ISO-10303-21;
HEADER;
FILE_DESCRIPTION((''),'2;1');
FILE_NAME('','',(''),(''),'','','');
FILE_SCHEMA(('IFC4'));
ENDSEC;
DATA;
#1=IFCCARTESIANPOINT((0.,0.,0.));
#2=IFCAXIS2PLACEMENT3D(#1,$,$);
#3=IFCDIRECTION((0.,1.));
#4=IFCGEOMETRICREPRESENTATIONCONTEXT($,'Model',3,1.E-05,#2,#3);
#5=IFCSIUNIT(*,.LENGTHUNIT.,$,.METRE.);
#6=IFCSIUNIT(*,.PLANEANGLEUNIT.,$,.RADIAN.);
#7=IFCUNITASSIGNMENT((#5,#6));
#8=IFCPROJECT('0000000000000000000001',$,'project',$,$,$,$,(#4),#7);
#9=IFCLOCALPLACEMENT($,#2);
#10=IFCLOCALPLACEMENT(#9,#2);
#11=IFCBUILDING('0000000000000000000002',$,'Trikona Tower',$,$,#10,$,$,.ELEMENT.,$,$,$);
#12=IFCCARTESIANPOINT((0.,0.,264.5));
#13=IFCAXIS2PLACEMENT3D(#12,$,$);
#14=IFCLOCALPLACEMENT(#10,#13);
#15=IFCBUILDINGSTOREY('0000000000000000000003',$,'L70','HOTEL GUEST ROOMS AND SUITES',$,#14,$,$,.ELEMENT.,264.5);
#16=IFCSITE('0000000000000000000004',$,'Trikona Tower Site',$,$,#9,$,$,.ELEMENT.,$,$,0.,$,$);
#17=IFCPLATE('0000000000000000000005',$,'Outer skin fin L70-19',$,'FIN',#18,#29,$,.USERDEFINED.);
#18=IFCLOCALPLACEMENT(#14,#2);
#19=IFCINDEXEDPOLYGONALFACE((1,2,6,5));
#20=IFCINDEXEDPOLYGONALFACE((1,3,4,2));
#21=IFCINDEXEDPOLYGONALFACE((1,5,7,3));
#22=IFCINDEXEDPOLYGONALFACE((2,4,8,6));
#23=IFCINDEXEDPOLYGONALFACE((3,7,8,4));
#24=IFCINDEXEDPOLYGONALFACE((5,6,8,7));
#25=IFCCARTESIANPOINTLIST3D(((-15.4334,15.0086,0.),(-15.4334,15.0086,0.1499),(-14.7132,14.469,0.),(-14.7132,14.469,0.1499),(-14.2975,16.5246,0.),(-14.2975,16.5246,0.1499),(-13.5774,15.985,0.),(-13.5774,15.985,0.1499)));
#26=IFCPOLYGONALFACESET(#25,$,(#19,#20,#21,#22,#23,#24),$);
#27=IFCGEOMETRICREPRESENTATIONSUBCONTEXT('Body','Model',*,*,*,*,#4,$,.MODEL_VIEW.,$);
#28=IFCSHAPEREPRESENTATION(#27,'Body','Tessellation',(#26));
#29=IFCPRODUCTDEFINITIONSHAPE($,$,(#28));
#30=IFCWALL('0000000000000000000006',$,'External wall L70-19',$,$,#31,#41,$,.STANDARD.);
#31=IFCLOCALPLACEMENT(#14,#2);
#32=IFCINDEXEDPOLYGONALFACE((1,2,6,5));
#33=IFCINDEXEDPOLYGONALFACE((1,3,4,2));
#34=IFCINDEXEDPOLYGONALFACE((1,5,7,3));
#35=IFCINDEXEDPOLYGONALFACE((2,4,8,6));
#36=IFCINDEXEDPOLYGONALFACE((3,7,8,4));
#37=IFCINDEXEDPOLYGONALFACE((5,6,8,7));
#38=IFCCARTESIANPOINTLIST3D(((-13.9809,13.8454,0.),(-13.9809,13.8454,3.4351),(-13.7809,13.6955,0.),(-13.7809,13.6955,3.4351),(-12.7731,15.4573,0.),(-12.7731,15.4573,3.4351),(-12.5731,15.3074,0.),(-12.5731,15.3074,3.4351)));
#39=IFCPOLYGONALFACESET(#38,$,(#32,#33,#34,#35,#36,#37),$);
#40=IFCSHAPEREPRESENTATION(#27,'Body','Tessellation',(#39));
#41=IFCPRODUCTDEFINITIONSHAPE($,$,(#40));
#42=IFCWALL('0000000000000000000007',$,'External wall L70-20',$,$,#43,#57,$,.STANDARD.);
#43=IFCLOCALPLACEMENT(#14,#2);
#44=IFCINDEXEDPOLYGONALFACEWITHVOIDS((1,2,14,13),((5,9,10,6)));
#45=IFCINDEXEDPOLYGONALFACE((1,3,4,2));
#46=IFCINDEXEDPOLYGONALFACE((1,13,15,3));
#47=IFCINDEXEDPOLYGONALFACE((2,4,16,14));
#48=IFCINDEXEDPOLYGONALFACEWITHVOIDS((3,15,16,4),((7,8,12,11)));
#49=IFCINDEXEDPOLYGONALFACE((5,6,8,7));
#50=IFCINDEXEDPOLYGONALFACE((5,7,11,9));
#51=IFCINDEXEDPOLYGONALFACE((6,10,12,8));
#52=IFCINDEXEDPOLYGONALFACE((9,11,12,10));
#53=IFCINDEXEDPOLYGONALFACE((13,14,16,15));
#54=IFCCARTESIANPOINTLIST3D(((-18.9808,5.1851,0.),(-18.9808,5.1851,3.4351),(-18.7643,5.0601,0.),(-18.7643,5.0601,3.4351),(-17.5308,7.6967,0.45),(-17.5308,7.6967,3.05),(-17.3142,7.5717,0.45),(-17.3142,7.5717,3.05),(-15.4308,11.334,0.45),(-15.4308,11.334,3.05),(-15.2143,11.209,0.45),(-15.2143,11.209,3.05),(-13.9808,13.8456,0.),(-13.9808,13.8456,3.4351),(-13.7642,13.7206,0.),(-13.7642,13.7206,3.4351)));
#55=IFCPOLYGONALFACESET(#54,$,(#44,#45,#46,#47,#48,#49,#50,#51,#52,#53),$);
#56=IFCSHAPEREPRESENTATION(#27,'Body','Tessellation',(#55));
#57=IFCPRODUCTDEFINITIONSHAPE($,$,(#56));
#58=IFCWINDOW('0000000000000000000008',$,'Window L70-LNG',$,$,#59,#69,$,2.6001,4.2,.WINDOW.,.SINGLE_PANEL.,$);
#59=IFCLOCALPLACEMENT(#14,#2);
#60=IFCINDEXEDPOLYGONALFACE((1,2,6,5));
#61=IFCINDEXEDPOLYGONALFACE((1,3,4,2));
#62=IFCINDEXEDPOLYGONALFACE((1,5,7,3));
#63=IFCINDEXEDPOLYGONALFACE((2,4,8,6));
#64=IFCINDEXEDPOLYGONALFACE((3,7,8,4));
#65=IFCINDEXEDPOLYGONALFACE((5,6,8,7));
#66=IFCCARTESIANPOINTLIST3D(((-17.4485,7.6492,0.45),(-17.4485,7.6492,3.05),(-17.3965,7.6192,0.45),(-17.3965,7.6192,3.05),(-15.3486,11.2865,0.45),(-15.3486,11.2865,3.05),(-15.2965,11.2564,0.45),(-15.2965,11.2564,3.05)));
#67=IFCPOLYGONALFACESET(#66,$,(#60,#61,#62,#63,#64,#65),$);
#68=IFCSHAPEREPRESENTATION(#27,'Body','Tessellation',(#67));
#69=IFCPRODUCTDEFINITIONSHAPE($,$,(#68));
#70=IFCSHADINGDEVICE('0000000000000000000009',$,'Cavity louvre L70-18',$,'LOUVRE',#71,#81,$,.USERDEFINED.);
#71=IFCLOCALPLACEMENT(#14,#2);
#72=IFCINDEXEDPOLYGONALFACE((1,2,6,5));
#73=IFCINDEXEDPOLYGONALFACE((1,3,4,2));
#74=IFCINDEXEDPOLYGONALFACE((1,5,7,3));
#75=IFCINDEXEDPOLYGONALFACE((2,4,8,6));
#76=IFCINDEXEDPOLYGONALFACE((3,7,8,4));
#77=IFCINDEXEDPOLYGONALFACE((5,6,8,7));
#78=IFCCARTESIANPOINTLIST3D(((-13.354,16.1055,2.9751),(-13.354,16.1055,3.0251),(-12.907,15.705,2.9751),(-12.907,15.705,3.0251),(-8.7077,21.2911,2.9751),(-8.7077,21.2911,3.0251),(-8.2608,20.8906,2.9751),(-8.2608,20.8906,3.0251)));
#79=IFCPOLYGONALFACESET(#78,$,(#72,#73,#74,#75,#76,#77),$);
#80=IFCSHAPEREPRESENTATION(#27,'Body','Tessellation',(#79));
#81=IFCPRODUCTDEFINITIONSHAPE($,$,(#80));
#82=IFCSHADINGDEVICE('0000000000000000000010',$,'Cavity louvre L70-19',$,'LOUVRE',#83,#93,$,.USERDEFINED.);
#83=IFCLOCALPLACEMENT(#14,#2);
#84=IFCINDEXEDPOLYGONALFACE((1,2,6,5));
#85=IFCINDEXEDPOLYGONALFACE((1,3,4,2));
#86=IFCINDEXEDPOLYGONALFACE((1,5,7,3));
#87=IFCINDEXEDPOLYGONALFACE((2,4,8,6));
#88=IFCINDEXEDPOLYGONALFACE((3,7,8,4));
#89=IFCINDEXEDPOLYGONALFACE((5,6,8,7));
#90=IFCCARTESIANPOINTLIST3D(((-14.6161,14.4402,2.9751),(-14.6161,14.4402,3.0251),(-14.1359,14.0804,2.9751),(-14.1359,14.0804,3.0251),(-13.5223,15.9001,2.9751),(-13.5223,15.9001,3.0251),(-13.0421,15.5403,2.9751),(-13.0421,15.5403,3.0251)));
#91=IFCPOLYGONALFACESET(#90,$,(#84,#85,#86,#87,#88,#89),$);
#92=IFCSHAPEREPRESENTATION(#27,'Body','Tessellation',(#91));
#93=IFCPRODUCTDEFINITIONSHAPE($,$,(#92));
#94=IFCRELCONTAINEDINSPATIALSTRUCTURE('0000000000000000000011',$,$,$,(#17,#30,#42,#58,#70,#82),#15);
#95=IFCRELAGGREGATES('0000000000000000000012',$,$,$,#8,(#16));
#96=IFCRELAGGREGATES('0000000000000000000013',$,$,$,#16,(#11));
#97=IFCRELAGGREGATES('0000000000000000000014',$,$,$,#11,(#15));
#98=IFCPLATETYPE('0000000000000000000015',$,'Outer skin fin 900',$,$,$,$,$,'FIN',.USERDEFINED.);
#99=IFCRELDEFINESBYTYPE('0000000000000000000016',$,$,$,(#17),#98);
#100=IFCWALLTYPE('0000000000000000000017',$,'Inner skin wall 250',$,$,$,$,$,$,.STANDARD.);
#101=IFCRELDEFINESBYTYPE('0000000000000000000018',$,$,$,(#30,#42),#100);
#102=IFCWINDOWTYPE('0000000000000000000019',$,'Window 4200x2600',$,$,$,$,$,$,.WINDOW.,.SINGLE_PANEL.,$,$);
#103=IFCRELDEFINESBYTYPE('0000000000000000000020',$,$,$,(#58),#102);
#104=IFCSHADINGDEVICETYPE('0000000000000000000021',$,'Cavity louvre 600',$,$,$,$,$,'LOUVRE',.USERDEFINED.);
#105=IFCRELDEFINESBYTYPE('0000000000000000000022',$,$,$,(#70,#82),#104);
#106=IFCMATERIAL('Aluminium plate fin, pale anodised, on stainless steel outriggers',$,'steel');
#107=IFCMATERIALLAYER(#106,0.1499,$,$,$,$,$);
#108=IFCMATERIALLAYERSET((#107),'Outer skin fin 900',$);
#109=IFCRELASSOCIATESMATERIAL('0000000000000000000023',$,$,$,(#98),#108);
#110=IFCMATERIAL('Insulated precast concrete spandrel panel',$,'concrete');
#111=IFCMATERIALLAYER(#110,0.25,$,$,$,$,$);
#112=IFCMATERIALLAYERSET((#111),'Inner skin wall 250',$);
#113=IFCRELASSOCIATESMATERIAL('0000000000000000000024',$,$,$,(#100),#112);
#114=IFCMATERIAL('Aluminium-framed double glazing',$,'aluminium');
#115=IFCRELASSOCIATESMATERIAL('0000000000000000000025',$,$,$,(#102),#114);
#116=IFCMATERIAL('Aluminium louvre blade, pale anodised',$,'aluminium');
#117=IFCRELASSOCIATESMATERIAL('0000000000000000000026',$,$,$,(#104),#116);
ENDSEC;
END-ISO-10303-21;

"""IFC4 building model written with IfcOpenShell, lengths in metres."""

from ifc_helpers import new_model, si_unit, direction, frame, frame_2d, origin, origin_2d, place, context, subcontext, project, spatial, rectangle, extrude, material, layer, layer_set, type_object, element, fill, save


model = new_model("IFC4")

# Units and contexts
model_context = context("Model", 3, precision=1e-05, world=origin(), true_north=direction((0.0, 1.0)))
body_context = subcontext(model_context, "Body", "Model", "MODEL_VIEW")
ifc_project = project(units=[si_unit("LENGTHUNIT", "METRE"), si_unit("PLANEANGLEUNIT", "RADIAN")], contexts=[model_context])

# Site, building, storey
site_placement = place(None, origin())
site = spatial("IfcSite", under=ifc_project, at=site_placement, Name="Trikona Tower Site", CompositionType="ELEMENT", RefElevation=0.0)
building_placement = place(site_placement, origin())
building = spatial("IfcBuilding", under=site, at=building_placement, Name="Trikona Tower", CompositionType="ELEMENT")
storey_placement = place(building_placement, frame((0.0, 0.0, 264.5)))
storey = spatial("IfcBuildingStorey", under=building, at=storey_placement, Name="L70", Description="HOTEL GUEST ROOMS AND SUITES", CompositionType="ELEMENT", Elevation=264.5)

# Plate
ifc_material_1 = material(Name="Aluminium plate fin, pale anodised, on stainless steel outriggers", Category="steel")
ifc_layer_1 = layer(ifc_material_1, 0.1499)
ifc_layer_set_1 = layer_set([ifc_layer_1], Name="Outer skin fin 900")
plate_type_1 = type_object("IfcPlateType", Name="Outer skin fin 900", ElementType="FIN", PredefinedType="USERDEFINED", material=ifc_layer_set_1)
plate_1_placement = place(storey_placement, frame((-14.5054, 15.4968, 0.0), z_axis=(0.0, 0.0, 1.0), x_axis=(-0.599619, -0.800286, 0.0)))
element("IfcPlate", 1, at=plate_1_placement, inside=storey, type_object=plate_type_1, Name="Outer skin fin L70-19", ObjectType="FIN", PredefinedType="USERDEFINED", context=body_context, shape_type="SweptSolid", body=[
    extrude(rectangle(XDim=1.8943, YDim=0.8999, at=origin_2d()), origin(), (0.0, 0.0, 1.0), 0.1499),
])

# Wall
ifc_material_2 = material(Name="Insulated precast concrete spandrel panel", Category="concrete")
ifc_layer_2 = layer(ifc_material_2, 0.25)
ifc_layer_set_2 = layer_set([ifc_layer_2], Name="Inner skin wall 250")
wall_type = type_object("IfcWallType", Name="Inner skin wall 250", PredefinedType="STANDARD", material=ifc_layer_set_2)
wall_1_placement = place(storey_placement, frame((-12.6731, 15.3823, 0.0), z_axis=(0.0, 0.0, 1.0), x_axis=(-0.599651, -0.800262, 0.0)))
element("IfcWall", 2, at=wall_1_placement, inside=storey, type_object=wall_type, Name="External wall L70-19", PredefinedType="STANDARD", context=body_context, shape_type="SweptSolid", body=[
    extrude(rectangle(XDim=2.0142, YDim=0.25, at=frame_2d((1.0071, 0.0))), origin(), (0.0, 0.0, 1.0), 3.4351),
])

# Wall, opening, window
wall_2_placement = place(storey_placement, frame((-13.8726, 13.783, 0.0), z_axis=(0.0, 0.0, 1.0), x_axis=(-0.499994, -0.866029, 0.0)))
wall_2 = element("IfcWall", 3, at=wall_2_placement, inside=storey, type_object=wall_type, Name="External wall L70-20", PredefinedType="STANDARD", context=body_context, shape_type="SweptSolid", body=[
    extrude(rectangle(XDim=10.0002, YDim=0.25, at=frame_2d((5.0, 0.0))), origin(), (0.0, 0.0, 1.0), 3.4351),
])
opening_placement = place(wall_2_placement, frame((2.8999, 0.0, 0.45)))
opening = element("IfcOpeningElement", 4, at=opening_placement, cuts=wall_2, PredefinedType="OPENING", context=body_context, shape_type="SweptSolid", body=[
    extrude(rectangle(XDim=4.2, YDim=2.6001, at=frame_2d((2.1001, 1.3))), frame((0.0, 0.135, 0.0), z_axis=(0.0, -1.0, 0.0), x_axis=(1.0, 0.0, 0.0)), (0.0, 0.0, 1.0), 0.27),
])
ifc_material_3 = material(Name="Aluminium-framed double glazing", Category="aluminium")
window_type = type_object("IfcWindowType", Name="Window 4200x2600", PartitioningType="SINGLE_PANEL", PredefinedType="WINDOW", material=ifc_material_3)
window_placement = place(opening_placement, origin())
window = element("IfcWindow", 5, at=window_placement, inside=storey, type_object=window_type, Name="Window L70-LNG", OverallHeight=2.6001, OverallWidth=4.2, PartitioningType="SINGLE_PANEL", PredefinedType="WINDOW", context=body_context, shape_type="SweptSolid", body=[
    extrude(rectangle(XDim=4.2, YDim=2.6001, at=frame_2d((2.1001, 1.3))), frame((0.0, 0.03, 0.0), z_axis=(0.0, -1.0, 0.0), x_axis=(1.0, 0.0, 0.0)), (0.0, 0.0, 1.0), 0.0601),
])
fill(opening, window)

# Shading devices
ifc_material_4 = material(Name="Aluminium louvre blade, pale anodised", Category="aluminium")
shading_device_type = type_object("IfcShadingDeviceType", Name="Cavity louvre 600", ElementType="LOUVRE", PredefinedType="USERDEFINED", material=ifc_material_4)
shading_device_1_placement = place(storey_placement, frame((-10.8074, 18.498, 2.9751), z_axis=(0.0, 0.0, 1.0), x_axis=(-0.667311, -0.744779, 0.0)))
element("IfcShadingDevice", 6, at=shading_device_1_placement, inside=storey, type_object=shading_device_type, Name="Cavity louvre L70-18", ObjectType="LOUVRE", PredefinedType="USERDEFINED", context=body_context, shape_type="SweptSolid", body=[
    extrude(rectangle(XDim=6.9626, YDim=0.6001, at=origin_2d()), origin(), (0.0, 0.0, 1.0), 0.05),
])
shading_device_2_placement = place(storey_placement, frame((-13.8291, 14.9902, 2.9751), z_axis=(0.0, 0.0, 1.0), x_axis=(-0.599619, -0.800286, 0.0)))
element("IfcShadingDevice", 7, at=shading_device_2_placement, inside=storey, type_object=shading_device_type, Name="Cavity louvre L70-19", ObjectType="LOUVRE", PredefinedType="USERDEFINED", context=body_context, shape_type="SweptSolid", body=[
    extrude(rectangle(XDim=1.8242, YDim=0.6001, at=origin_2d()), origin(), (0.0, 0.0, 1.0), 0.05),
])

save(model, "model.ifc")
